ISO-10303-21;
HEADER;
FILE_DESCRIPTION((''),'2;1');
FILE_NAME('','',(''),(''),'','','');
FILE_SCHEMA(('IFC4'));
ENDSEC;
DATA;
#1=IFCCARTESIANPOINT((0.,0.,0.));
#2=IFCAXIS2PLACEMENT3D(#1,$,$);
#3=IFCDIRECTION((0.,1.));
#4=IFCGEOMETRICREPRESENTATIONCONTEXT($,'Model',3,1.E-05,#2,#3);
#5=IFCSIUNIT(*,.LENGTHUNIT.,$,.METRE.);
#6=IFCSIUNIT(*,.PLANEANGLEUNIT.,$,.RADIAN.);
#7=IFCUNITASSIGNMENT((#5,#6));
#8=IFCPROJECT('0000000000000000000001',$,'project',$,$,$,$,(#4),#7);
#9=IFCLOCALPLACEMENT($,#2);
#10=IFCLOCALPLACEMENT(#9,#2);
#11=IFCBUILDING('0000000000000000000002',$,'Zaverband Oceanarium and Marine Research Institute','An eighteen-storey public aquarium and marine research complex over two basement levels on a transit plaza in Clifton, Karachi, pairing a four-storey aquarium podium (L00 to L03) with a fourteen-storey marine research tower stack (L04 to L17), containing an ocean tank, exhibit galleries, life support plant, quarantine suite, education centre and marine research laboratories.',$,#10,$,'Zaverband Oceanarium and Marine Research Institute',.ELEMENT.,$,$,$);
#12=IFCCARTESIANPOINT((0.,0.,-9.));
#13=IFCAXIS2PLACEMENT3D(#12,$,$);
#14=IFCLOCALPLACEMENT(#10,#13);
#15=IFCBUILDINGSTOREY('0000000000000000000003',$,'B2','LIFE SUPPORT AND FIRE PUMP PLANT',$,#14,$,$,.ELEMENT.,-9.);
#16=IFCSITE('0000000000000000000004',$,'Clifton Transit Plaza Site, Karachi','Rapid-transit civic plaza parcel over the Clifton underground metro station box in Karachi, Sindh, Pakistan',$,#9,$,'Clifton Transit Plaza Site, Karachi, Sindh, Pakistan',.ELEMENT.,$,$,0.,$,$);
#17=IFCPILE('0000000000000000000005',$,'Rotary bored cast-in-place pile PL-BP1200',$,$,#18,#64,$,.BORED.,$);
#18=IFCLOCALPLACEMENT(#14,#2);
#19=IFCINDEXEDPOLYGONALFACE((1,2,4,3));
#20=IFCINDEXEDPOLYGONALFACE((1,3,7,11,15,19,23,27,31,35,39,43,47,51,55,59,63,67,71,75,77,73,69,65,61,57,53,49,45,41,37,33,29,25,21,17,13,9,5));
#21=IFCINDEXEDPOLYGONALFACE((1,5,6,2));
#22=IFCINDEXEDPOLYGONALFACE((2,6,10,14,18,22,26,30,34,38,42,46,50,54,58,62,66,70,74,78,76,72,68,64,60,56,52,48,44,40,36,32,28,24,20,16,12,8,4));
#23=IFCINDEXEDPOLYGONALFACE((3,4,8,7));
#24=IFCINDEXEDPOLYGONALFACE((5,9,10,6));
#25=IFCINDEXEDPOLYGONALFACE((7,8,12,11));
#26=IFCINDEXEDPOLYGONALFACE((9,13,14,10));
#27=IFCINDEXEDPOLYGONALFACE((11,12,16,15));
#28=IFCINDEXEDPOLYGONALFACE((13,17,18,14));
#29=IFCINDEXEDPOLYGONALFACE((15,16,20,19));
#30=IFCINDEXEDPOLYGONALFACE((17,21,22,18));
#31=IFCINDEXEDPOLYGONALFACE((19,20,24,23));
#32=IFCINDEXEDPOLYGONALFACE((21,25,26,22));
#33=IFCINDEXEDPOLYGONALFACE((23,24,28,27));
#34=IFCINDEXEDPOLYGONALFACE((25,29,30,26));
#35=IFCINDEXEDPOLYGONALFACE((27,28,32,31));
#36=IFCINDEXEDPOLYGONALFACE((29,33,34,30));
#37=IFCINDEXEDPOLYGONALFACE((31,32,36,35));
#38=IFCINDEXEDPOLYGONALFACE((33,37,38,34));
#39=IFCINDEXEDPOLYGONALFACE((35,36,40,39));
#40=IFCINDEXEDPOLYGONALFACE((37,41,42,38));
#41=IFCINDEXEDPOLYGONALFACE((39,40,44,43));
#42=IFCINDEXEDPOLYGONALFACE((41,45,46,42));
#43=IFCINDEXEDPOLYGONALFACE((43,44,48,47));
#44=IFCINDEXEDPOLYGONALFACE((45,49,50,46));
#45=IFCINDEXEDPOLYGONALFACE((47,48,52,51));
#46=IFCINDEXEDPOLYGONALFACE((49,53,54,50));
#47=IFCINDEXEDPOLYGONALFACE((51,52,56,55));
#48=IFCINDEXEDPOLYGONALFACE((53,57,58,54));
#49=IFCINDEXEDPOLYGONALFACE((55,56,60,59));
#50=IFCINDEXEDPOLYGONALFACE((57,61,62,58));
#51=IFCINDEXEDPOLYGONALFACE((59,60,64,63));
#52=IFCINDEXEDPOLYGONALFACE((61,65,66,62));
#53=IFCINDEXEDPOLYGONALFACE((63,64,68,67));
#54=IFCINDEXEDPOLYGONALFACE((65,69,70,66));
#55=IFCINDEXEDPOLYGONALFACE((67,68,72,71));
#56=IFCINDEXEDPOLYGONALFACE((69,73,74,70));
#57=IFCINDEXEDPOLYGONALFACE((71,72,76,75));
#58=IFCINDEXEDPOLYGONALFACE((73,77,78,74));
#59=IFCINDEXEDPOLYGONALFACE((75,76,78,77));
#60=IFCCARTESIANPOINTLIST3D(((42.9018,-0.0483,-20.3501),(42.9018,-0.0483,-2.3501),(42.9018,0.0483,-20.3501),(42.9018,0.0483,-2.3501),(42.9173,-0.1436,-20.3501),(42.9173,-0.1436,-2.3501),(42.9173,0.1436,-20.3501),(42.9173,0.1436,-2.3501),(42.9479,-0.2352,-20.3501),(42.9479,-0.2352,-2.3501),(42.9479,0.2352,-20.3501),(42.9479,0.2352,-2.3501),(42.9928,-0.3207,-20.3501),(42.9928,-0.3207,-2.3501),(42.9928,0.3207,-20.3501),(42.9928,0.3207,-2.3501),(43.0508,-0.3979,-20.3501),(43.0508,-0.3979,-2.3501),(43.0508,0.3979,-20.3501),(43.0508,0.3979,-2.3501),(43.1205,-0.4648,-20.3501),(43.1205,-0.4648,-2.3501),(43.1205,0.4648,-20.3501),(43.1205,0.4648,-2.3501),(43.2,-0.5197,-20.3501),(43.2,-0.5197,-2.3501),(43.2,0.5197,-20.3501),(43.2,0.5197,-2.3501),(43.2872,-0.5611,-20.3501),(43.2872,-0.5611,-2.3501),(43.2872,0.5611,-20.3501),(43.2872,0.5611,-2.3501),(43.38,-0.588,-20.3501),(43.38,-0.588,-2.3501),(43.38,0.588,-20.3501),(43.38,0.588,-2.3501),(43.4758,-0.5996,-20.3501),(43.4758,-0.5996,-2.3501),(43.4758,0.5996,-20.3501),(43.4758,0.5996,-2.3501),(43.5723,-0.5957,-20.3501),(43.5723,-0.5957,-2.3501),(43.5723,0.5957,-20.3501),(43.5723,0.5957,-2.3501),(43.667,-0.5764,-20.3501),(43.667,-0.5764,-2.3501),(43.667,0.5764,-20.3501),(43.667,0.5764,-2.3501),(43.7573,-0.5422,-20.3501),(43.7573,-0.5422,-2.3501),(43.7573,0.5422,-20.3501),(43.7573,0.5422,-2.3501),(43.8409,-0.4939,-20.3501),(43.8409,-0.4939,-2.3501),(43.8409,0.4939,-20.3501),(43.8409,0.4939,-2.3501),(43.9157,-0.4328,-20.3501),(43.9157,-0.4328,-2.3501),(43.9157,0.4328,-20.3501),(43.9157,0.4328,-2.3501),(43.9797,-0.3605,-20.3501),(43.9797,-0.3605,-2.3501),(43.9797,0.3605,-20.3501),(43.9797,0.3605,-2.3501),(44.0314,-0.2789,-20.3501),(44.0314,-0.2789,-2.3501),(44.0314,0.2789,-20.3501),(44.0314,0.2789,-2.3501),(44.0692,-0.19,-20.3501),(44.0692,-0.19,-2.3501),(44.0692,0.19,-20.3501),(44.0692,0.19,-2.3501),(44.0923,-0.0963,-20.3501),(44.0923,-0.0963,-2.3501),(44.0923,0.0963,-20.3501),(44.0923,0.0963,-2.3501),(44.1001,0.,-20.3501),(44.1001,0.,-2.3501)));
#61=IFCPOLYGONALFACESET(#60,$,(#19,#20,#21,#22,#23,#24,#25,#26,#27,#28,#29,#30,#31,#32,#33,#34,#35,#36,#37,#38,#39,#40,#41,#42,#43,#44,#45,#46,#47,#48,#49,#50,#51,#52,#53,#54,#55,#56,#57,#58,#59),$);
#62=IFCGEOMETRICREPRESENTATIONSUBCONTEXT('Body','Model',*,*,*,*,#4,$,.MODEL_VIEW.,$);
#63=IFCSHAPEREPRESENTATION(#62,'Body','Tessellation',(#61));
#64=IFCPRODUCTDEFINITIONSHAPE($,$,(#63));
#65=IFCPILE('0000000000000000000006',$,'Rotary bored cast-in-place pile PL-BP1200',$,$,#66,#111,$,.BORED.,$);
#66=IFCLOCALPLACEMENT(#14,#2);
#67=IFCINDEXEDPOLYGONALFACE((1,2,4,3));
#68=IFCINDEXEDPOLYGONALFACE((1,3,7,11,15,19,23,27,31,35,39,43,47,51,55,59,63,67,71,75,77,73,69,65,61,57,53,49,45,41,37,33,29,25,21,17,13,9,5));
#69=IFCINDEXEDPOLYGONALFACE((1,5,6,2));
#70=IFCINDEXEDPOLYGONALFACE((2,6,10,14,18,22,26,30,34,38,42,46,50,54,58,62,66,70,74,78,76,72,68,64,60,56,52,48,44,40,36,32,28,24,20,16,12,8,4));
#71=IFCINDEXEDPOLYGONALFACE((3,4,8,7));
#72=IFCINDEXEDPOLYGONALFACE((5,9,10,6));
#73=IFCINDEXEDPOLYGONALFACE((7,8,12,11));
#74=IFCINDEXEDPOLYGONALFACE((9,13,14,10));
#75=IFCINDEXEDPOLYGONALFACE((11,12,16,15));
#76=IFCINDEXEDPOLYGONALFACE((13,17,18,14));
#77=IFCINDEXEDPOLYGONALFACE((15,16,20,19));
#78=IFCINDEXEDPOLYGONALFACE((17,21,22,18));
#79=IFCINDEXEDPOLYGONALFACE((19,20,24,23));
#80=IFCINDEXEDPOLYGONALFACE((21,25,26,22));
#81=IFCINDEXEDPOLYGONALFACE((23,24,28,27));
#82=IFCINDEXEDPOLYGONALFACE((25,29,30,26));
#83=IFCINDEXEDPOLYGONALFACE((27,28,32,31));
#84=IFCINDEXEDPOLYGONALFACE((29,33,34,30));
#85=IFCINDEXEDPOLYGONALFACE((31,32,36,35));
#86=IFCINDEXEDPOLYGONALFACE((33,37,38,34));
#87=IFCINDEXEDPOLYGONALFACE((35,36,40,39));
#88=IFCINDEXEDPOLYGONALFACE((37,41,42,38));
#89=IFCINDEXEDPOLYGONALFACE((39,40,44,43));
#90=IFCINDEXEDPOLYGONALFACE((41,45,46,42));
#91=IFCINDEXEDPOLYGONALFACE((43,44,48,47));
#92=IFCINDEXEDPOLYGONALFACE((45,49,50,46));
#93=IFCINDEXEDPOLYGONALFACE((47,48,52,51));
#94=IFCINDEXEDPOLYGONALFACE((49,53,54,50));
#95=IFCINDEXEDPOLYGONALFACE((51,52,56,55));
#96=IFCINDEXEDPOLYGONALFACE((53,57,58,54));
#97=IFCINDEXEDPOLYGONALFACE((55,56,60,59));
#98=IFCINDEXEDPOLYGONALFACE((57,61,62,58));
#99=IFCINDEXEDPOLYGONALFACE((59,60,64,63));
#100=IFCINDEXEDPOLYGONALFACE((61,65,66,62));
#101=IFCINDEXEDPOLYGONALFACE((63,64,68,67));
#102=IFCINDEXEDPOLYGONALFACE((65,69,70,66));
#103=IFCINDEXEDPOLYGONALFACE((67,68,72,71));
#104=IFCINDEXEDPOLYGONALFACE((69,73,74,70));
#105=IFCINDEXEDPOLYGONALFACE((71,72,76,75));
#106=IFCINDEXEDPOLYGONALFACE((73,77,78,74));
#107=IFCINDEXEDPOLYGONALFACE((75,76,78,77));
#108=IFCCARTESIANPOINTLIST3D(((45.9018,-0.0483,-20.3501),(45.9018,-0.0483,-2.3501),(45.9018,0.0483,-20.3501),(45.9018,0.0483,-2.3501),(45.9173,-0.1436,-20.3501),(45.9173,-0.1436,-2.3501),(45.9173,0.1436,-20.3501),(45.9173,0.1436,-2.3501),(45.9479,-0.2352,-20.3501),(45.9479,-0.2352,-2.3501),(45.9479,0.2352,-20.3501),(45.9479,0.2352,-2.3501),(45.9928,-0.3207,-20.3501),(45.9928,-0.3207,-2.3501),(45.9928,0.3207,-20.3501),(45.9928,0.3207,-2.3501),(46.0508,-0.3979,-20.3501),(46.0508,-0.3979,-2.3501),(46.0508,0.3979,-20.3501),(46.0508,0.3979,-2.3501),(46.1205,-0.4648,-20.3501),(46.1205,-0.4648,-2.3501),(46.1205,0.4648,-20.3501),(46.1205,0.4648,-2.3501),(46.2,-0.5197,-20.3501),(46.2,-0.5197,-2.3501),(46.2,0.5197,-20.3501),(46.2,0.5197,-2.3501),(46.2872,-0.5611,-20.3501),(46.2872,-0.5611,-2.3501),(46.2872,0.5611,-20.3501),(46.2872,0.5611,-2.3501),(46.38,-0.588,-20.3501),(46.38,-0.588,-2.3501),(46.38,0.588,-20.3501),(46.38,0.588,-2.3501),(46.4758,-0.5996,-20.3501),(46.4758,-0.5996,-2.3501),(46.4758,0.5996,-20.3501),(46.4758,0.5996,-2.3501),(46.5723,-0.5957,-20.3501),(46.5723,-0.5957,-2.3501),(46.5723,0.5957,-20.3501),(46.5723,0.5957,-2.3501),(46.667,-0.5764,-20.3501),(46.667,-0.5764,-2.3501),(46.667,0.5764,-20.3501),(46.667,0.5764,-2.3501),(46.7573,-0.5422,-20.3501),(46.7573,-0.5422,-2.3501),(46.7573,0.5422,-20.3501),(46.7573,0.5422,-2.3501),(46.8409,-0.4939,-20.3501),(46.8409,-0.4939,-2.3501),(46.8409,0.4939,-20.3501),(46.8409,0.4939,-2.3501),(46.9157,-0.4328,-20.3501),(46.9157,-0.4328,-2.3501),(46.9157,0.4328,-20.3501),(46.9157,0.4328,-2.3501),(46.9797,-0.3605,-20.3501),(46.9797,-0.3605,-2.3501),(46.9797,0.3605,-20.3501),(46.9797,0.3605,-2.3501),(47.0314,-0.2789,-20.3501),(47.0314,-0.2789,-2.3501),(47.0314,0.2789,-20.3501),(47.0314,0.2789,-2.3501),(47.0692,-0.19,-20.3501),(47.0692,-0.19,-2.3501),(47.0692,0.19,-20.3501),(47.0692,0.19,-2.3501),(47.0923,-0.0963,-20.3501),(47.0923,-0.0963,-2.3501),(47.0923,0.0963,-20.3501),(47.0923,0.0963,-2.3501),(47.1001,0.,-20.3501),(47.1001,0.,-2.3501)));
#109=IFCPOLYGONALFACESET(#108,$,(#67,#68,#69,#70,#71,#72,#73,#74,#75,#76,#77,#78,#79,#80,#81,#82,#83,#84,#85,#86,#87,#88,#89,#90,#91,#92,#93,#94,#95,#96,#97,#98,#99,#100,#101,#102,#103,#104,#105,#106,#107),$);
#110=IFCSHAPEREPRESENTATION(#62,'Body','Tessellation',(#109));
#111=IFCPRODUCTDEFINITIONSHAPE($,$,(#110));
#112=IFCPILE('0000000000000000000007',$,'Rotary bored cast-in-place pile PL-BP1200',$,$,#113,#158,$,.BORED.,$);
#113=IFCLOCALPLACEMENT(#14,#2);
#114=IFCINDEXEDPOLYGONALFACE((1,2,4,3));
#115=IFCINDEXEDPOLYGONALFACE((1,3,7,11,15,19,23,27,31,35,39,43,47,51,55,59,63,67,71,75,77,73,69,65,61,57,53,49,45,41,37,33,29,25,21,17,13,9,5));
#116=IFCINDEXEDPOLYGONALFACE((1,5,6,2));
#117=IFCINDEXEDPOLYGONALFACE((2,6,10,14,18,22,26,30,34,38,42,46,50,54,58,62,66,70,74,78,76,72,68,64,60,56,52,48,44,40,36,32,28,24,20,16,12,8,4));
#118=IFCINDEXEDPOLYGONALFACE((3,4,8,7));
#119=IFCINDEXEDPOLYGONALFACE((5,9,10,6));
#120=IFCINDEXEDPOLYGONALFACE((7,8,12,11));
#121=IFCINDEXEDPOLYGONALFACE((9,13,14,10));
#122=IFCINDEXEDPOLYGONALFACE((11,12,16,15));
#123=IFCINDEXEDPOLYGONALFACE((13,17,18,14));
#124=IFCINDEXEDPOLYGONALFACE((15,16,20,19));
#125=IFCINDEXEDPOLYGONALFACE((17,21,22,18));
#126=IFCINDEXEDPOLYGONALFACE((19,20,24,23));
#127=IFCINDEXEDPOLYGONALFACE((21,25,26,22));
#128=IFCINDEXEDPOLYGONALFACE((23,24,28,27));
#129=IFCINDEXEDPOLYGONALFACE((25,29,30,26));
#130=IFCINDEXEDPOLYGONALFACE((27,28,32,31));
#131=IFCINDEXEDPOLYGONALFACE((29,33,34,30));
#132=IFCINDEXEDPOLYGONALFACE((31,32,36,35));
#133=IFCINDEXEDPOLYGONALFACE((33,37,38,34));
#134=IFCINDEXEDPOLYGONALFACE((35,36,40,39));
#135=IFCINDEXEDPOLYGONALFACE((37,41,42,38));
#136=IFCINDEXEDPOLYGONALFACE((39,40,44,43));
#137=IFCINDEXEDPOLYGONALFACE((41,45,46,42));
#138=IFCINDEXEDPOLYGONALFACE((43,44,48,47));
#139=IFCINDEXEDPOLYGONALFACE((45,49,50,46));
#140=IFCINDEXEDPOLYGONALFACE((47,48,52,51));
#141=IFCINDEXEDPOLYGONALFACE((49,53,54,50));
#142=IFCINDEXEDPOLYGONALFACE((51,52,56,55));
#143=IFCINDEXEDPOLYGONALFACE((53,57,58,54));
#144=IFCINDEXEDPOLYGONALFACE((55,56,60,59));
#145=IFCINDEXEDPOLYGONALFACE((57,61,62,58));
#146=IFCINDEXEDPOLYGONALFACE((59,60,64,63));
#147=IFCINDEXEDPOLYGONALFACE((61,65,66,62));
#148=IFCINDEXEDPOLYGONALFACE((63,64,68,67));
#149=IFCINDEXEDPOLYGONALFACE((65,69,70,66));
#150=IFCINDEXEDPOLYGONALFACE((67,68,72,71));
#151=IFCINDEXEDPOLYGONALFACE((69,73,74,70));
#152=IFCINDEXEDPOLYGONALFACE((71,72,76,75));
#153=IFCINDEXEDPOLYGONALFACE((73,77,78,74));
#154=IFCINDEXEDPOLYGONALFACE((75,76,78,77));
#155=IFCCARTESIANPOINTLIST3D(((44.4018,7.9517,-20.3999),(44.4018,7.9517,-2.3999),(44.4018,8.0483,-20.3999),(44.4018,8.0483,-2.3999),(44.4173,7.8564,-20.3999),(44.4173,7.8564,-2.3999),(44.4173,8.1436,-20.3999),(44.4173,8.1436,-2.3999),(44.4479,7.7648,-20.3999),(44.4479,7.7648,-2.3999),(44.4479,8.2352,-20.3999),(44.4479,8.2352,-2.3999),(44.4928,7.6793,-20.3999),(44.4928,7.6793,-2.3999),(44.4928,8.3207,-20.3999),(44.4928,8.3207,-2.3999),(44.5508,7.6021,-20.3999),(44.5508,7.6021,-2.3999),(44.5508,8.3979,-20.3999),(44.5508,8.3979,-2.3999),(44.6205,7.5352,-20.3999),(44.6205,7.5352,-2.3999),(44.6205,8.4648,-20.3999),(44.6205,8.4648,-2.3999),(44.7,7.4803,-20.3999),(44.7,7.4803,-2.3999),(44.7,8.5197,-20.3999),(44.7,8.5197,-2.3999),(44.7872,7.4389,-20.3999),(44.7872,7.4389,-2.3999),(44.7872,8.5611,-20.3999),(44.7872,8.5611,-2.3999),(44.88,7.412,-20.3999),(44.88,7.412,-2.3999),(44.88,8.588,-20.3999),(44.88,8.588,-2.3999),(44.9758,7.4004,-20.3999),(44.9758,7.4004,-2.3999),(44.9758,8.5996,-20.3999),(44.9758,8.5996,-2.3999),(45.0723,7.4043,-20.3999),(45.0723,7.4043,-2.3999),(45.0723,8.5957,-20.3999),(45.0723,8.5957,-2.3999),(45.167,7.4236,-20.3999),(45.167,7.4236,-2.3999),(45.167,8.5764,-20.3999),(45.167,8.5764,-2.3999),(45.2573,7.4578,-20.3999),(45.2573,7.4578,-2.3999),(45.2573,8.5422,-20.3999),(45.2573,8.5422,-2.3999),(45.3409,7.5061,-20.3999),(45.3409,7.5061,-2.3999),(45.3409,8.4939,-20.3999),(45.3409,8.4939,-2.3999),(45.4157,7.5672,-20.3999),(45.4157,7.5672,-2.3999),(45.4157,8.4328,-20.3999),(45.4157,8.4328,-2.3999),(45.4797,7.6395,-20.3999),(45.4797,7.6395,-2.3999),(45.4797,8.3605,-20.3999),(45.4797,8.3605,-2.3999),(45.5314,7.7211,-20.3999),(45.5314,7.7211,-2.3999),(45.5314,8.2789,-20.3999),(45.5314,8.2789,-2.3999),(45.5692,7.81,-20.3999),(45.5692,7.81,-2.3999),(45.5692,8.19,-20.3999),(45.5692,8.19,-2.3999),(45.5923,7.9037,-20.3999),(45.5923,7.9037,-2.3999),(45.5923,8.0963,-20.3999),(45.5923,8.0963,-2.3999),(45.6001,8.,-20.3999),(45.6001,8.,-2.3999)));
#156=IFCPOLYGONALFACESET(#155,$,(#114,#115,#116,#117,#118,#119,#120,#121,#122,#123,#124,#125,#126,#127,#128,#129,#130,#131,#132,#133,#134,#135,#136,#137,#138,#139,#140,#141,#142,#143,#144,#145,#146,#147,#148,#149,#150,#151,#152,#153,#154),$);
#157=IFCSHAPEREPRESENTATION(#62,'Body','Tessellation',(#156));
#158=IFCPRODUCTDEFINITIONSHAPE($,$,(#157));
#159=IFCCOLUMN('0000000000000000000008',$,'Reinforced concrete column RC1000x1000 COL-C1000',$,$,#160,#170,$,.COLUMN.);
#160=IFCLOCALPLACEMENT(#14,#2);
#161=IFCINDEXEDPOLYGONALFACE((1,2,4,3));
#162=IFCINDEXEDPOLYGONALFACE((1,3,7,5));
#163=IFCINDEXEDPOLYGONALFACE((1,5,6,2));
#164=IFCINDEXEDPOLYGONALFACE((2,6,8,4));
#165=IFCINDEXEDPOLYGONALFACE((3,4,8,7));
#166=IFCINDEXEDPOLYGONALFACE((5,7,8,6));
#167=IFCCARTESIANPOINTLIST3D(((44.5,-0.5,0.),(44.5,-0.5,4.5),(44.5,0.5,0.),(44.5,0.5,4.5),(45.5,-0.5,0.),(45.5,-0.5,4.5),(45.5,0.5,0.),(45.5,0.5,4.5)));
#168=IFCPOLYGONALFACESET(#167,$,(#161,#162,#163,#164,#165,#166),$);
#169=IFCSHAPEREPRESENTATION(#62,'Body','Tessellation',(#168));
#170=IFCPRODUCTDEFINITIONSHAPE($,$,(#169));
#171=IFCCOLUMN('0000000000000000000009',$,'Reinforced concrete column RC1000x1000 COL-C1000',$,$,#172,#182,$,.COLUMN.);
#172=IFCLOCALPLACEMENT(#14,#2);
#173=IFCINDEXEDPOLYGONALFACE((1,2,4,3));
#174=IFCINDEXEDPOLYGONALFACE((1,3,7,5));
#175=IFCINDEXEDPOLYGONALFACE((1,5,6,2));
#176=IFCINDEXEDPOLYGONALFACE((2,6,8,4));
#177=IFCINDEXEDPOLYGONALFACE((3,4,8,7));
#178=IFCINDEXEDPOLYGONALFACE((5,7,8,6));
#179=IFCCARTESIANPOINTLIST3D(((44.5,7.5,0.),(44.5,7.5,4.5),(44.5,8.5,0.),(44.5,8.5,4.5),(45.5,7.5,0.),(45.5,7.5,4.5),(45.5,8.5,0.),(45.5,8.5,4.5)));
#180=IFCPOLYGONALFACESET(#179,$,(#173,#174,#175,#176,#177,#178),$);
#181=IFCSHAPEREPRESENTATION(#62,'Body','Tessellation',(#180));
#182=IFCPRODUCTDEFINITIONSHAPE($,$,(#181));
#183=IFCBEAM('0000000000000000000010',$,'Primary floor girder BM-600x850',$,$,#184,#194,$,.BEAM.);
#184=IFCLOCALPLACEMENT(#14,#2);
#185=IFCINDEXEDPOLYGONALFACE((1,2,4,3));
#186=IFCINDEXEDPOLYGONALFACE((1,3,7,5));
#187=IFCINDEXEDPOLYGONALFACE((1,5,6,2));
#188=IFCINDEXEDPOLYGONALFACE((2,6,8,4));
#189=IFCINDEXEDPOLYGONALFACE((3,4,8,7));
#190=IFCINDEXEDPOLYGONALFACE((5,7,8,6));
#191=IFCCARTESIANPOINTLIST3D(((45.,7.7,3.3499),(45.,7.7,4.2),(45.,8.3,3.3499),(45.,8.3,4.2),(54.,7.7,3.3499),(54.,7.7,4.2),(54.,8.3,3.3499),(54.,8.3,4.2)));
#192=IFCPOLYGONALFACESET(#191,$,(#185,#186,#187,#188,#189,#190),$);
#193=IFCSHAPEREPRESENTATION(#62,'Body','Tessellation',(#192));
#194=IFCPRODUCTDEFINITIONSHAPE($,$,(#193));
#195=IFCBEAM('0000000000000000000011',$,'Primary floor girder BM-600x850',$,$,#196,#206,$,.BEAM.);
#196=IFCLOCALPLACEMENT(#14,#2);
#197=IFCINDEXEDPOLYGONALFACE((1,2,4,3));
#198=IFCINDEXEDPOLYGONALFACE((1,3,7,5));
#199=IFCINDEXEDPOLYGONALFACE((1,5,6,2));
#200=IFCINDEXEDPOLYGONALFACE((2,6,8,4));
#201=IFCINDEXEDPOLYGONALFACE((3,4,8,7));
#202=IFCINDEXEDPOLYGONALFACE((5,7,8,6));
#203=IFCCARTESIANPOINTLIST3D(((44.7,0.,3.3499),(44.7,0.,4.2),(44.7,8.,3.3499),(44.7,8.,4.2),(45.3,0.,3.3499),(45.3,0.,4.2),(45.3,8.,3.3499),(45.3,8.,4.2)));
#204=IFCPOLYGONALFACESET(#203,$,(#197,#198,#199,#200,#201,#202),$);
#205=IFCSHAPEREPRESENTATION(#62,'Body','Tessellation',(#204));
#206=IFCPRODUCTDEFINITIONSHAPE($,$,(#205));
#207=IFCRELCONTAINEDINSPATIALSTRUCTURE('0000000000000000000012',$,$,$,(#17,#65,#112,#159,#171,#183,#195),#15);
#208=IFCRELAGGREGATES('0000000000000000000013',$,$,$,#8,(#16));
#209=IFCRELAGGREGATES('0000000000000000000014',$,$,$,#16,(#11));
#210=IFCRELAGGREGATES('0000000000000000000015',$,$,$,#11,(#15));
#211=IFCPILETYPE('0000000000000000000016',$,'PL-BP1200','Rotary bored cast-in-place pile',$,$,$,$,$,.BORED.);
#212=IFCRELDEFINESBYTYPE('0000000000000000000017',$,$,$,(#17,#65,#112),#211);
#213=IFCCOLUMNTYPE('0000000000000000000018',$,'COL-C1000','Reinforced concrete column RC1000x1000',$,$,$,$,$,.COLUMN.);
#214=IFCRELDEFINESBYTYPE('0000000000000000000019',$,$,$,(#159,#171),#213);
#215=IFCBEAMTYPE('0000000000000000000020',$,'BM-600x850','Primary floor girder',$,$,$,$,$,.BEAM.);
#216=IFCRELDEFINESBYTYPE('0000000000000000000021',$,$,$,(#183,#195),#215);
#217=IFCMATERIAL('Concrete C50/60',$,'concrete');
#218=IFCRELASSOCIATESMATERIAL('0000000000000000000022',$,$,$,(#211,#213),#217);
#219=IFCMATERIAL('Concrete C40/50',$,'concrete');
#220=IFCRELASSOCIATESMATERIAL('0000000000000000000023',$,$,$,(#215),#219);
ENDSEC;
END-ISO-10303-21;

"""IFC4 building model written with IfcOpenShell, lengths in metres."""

from ifc_helpers import new_model, si_unit, direction, frame, origin, origin_2d, place, context, subcontext, project, spatial, rectangle, circle, extrude, material, material_profile, profile_set, type_object, element, save


model = new_model("IFC4")

# Units and contexts
model_context = context("Model", 3, precision=1e-05, world=origin(), true_north=direction((0.0, 1.0)))
body_context = subcontext(model_context, "Body", "Model", "MODEL_VIEW")
ifc_project = project(units=[si_unit("LENGTHUNIT", "METRE"), si_unit("PLANEANGLEUNIT", "RADIAN")], contexts=[model_context])

# Site, building, storey
site_placement = place(None, origin())
site = spatial("IfcSite", under=ifc_project, at=site_placement, Name="Clifton Transit Plaza Site, Karachi", Description="Rapid-transit civic plaza parcel over the Clifton underground metro station box in Karachi, Sindh, Pakistan", LongName="Clifton Transit Plaza Site, Karachi, Sindh, Pakistan", CompositionType="ELEMENT", RefElevation=0.0)
building_placement = place(site_placement, origin())
building = spatial("IfcBuilding", under=site, at=building_placement, Name="Zaverband Oceanarium and Marine Research Institute", Description="An eighteen-storey public aquarium and marine research complex over two basement levels on a transit plaza in Clifton, Karachi, pairing a four-storey aquarium podium (L00 to L03) with a fourteen-storey marine research tower stack (L04 to L17), containing an ocean tank, exhibit galleries, life support plant, quarantine suite, education centre and marine research laboratories.", LongName="Zaverband Oceanarium and Marine Research Institute", CompositionType="ELEMENT")
storey_placement = place(building_placement, frame((0.0, 0.0, -9.0)))
storey = spatial("IfcBuildingStorey", under=building, at=storey_placement, Name="B2", Description="LIFE SUPPORT AND FIRE PUMP PLANT", CompositionType="ELEMENT", Elevation=-9.0)

# Shared definitions
ifc_material_1 = material(Name="Concrete C50/60", Category="concrete")

# Piles
ifc_material_profile_1 = material_profile(ifc_material_1, circle(Radius=0.6001, at=origin_2d()), Name="BP1200")
ifc_profile_set_1 = profile_set([ifc_material_profile_1], Name="Concrete C50/60")
pile_type = type_object("IfcPileType", Name="PL-BP1200", Description="Rotary bored cast-in-place pile", PredefinedType="BORED", material=ifc_profile_set_1)
for number, where, z_axis, x_axis, name in (
    (1, (43.5, 0.0, -2.3501), (0.0, 0.0, -1.0), (1.0, 0.0, 0.0), "Rotary bored cast-in-place pile PL-BP1200"),
    (2, (46.5, 0.0, -2.3501), (0.0, 0.0, -1.0), (1.0, 0.0, 0.0), "Rotary bored cast-in-place pile PL-BP1200"),
    (3, (45.0, 8.0, -2.3999), (0.0, 0.0, -1.0), (1.0, 0.0, 0.0), "Rotary bored cast-in-place pile PL-BP1200"),
):
    element("IfcPile", number, at=place(storey_placement, frame(where, z_axis=z_axis, x_axis=x_axis)), inside=storey, type_object=pile_type, Name=name, PredefinedType="BORED", context=body_context, shape_type="SweptSolid", body=[
        extrude(circle(Radius=0.6001, at=origin_2d()), origin(), (0.0, 0.0, 1.0), 18.0),
    ])

# Columns
ifc_material_profile_2 = material_profile(ifc_material_1, rectangle(XDim=1.0, YDim=1.0, at=origin_2d()), Name="RC1000x1000")
ifc_profile_set_2 = profile_set([ifc_material_profile_2], Name="Concrete C50/60")
column_type = type_object("IfcColumnType", Name="COL-C1000", Description="Reinforced concrete column RC1000x1000", PredefinedType="COLUMN", material=ifc_profile_set_2)
for number, where, z_axis, x_axis, name in (
    (4, (45.0, 0.0, 0.0), (0.0, 0.0, 1.0), (1.0, 0.0, 0.0), "Reinforced concrete column RC1000x1000 COL-C1000"),
    (5, (45.0, 8.0, 0.0), (0.0, 0.0, 1.0), (1.0, 0.0, 0.0), "Reinforced concrete column RC1000x1000 COL-C1000"),
):
    element("IfcColumn", number, at=place(storey_placement, frame(where, z_axis=z_axis, x_axis=x_axis)), inside=storey, type_object=column_type, Name=name, PredefinedType="COLUMN", context=body_context, shape_type="SweptSolid", body=[
        extrude(rectangle(XDim=1.0, YDim=1.0, at=origin_2d()), origin(), (0.0, 0.0, 1.0), 4.5),
    ])

# Beams
ifc_material_2 = material(Name="Concrete C40/50", Category="concrete")
ifc_material_profile_3 = material_profile(ifc_material_2, rectangle(XDim=0.6001, YDim=0.8501, at=origin_2d()), Name="RC600x850")
ifc_profile_set_3 = profile_set([ifc_material_profile_3], Name="Concrete C40/50")
beam_type_1 = type_object("IfcBeamType", Name="BM-600x850", Description="Primary floor girder", PredefinedType="BEAM", material=ifc_profile_set_3)
beam_1_placement = place(storey_placement, frame((45.0, 8.0, 3.7749), z_axis=(1.0, 0.0, 0.0), x_axis=(0.0, 1.0, 0.0)))
element("IfcBeam", 6, at=beam_1_placement, inside=storey, type_object=beam_type_1, Name="Primary floor girder BM-600x850", PredefinedType="BEAM", context=body_context, shape_type="SweptSolid", body=[
    extrude(rectangle(XDim=0.6001, YDim=0.8501, at=origin_2d()), origin(), (0.0, 0.0, 1.0), 9.0),
])
for number, where, z_axis, x_axis, name in (
    (7, (45.0, 0.0, 3.7749), (0.0, 1.0, 0.0), (-1.0, 0.0, 0.0), "Primary floor girder BM-600x850"),
):
    element("IfcBeam", number, at=place(storey_placement, frame(where, z_axis=z_axis, x_axis=x_axis)), inside=storey, type_object=beam_type_1, Name=name, PredefinedType="BEAM", context=body_context, shape_type="SweptSolid", body=[
        extrude(rectangle(XDim=0.6001, YDim=0.8501, at=origin_2d()), origin(), (0.0, 0.0, 1.0), 8.0),
    ])

save(model, "model.ifc")
